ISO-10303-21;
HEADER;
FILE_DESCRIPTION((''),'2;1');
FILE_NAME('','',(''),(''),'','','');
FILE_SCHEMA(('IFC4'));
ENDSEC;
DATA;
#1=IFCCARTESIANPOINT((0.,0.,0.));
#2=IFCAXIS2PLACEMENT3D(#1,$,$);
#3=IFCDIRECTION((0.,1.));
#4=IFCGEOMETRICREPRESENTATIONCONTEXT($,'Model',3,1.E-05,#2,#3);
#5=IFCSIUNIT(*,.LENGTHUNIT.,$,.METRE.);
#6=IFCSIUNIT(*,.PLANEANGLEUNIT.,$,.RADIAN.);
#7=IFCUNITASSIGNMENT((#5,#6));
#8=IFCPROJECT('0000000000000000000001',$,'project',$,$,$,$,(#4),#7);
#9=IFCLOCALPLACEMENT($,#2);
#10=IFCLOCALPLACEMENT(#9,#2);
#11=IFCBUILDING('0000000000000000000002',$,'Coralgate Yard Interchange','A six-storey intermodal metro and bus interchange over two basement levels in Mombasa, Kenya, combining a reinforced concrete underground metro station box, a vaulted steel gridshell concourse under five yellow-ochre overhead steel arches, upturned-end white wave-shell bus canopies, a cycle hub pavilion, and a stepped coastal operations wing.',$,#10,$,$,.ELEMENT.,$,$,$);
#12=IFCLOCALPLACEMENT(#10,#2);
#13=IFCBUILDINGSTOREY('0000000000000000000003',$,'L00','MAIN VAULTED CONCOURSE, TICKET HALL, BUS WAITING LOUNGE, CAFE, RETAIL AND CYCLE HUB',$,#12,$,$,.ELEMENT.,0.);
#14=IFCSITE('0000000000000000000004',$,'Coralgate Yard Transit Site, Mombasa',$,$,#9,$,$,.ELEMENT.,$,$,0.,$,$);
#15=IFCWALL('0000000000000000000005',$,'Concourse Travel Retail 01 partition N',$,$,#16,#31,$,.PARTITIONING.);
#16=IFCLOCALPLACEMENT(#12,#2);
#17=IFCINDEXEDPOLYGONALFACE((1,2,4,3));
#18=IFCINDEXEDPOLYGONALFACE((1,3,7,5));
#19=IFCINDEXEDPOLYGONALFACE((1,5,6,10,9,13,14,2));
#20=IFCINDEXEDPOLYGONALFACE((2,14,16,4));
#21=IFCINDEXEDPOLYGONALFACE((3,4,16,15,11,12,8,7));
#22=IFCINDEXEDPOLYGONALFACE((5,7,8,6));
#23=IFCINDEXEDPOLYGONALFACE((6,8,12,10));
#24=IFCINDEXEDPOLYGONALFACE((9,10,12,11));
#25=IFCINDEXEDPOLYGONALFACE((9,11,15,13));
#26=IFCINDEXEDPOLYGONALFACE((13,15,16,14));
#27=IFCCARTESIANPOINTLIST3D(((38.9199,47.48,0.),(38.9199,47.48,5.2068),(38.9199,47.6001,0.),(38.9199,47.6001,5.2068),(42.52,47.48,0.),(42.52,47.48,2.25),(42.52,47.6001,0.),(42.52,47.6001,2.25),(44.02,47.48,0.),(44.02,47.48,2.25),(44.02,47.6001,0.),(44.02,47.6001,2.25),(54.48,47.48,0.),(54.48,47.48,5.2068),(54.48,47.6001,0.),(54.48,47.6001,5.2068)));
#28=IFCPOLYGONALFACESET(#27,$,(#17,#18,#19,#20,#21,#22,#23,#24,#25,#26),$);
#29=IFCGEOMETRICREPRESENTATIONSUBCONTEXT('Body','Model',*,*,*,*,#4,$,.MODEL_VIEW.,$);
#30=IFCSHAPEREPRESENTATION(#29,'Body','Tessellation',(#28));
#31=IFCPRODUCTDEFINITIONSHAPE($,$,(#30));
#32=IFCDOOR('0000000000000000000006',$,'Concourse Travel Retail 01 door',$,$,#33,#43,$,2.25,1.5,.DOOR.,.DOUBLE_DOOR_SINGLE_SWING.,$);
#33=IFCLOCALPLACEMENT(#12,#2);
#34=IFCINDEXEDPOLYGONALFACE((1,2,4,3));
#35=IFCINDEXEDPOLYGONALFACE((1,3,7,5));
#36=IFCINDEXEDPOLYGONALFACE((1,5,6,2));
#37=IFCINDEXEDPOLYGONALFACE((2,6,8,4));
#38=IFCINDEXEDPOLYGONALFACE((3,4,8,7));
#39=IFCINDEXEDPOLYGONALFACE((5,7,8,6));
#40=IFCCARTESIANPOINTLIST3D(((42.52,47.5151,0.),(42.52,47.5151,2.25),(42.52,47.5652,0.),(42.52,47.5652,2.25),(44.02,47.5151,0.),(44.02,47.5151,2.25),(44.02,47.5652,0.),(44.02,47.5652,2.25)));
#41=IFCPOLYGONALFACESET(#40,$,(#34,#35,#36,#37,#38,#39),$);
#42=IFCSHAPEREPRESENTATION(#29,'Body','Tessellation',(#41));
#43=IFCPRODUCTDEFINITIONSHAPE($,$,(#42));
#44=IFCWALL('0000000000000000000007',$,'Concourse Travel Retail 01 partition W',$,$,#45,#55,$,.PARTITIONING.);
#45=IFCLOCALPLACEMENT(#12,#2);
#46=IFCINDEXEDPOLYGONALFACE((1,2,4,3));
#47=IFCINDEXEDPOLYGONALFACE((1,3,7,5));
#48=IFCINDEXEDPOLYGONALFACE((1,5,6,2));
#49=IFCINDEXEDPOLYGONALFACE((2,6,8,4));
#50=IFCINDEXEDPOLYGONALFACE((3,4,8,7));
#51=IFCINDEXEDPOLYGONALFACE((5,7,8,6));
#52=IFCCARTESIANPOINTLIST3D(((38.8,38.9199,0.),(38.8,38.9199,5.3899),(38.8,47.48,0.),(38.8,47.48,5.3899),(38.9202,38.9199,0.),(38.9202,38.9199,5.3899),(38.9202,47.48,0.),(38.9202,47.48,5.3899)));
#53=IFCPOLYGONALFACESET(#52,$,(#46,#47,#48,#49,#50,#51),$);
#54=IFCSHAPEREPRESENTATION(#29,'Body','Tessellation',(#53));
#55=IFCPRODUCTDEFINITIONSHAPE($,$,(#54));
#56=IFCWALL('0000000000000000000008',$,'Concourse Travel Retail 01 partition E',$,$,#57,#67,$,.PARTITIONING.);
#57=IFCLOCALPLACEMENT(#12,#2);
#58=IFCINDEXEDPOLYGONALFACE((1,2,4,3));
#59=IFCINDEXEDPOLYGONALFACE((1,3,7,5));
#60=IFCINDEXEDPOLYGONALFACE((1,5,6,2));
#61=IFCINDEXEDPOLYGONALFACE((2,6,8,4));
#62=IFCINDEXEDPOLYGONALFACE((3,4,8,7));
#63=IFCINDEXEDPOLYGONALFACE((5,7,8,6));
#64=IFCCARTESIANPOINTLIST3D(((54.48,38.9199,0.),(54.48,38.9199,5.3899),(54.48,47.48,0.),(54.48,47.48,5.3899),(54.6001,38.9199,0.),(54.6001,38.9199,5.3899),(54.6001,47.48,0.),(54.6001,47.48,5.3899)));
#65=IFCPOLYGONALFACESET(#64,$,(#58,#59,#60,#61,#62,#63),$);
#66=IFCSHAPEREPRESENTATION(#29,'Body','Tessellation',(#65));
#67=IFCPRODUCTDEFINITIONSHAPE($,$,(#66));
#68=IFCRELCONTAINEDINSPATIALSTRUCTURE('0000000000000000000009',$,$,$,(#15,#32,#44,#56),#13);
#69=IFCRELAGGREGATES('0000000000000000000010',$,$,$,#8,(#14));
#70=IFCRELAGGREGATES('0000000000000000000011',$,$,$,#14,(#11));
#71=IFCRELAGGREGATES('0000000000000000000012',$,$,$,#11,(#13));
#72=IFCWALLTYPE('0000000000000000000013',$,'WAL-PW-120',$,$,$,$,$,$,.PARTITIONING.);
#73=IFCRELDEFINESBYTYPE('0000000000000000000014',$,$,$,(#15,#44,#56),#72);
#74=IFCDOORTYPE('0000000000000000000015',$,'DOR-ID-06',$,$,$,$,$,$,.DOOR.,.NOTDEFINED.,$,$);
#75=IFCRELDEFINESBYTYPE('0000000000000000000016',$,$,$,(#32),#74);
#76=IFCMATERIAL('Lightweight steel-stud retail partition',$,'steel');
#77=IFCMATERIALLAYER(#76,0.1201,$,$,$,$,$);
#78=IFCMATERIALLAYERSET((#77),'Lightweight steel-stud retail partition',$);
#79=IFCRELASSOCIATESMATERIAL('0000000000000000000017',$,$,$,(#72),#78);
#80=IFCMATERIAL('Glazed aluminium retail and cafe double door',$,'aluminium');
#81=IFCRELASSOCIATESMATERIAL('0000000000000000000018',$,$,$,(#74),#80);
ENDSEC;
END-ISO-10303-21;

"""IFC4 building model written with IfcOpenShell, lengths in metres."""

from ifc_helpers import new_model, si_unit, direction, frame, frame_2d, origin, place, context, subcontext, project, spatial, rectangle, extrude, material, layer, layer_set, type_object, element, fill, save


model = new_model("IFC4")

# Units and contexts
model_context = context("Model", 3, precision=1e-05, world=origin(), true_north=direction((0.0, 1.0)))
body_context = subcontext(model_context, "Body", "Model", "MODEL_VIEW")
ifc_project = project(units=[si_unit("LENGTHUNIT", "METRE"), si_unit("PLANEANGLEUNIT", "RADIAN")], contexts=[model_context])

# Site, building, storey
site_placement = place(None, origin())
site = spatial("IfcSite", under=ifc_project, at=site_placement, Name="Coralgate Yard Transit Site, Mombasa", CompositionType="ELEMENT", RefElevation=0.0)
building_placement = place(site_placement, origin())
building = spatial("IfcBuilding", under=site, at=building_placement, Name="Coralgate Yard Interchange", Description="A six-storey intermodal metro and bus interchange over two basement levels in Mombasa, Kenya, combining a reinforced concrete underground metro station box, a vaulted steel gridshell concourse under five yellow-ochre overhead steel arches, upturned-end white wave-shell bus canopies, a cycle hub pavilion, and a stepped coastal operations wing.", CompositionType="ELEMENT")
storey_placement = place(building_placement, origin())
storey = spatial("IfcBuildingStorey", under=building, at=storey_placement, Name="L00", Description="MAIN VAULTED CONCOURSE, TICKET HALL, BUS WAITING LOUNGE, CAFE, RETAIL AND CYCLE HUB", CompositionType="ELEMENT", Elevation=0.0)

# Shared definitions
ifc_material_1 = material(Name="Lightweight steel-stud retail partition", Category="steel")
ifc_layer = layer(ifc_material_1, 0.1201)
ifc_layer_set = layer_set([ifc_layer], Name="Lightweight steel-stud retail partition")
wall_type = type_object("IfcWallType", Name="WAL-PW-120", PredefinedType="PARTITIONING", material=ifc_layer_set)

# Wall, opening, door
wall_1_placement = place(storey_placement, frame((38.9199, 47.54, 0.0), z_axis=(0.0, 0.0, 1.0), x_axis=(1.0, 0.0, 0.0)))
wall_1 = element("IfcWall", 1, at=wall_1_placement, inside=storey, type_object=wall_type, Name="Concourse Travel Retail 01 partition N", PredefinedType="PARTITIONING", context=body_context, shape_type="SweptSolid", body=[
    extrude(rectangle(XDim=15.5601, YDim=0.1201, at=frame_2d((7.78, 0.0))), origin(), (0.0, 0.0, 1.0), 5.2068),
])
opening_placement = place(wall_1_placement, frame((3.6001, 0.0, 0.0)))
opening = element("IfcOpeningElement", 2, at=opening_placement, cuts=wall_1, PredefinedType="OPENING", context=body_context, shape_type="SweptSolid", body=[
    extrude(rectangle(XDim=1.5, YDim=2.25, at=frame_2d((0.75, 1.125))), frame((0.0, 0.0701, 0.0), z_axis=(0.0, -1.0, 0.0), x_axis=(1.0, 0.0, 0.0)), (0.0, 0.0, 1.0), 0.1401),
])
ifc_material_2 = material(Name="Glazed aluminium retail and cafe double door", Category="aluminium")
door_type = type_object("IfcDoorType", Name="DOR-ID-06", OperationType="NOTDEFINED", PredefinedType="DOOR", material=ifc_material_2)
door_placement = place(opening_placement, frame((1.5, 0.0, 0.0), z_axis=(0.0, 0.0, 1.0), x_axis=(-1.0, 0.0, 0.0)))
door = element("IfcDoor", 3, at=door_placement, inside=storey, type_object=door_type, Name="Concourse Travel Retail 01 door", OperationType="DOUBLE_DOOR_SINGLE_SWING", OverallHeight=2.25, OverallWidth=1.5, PredefinedType="DOOR", context=body_context, shape_type="SweptSolid", body=[
    extrude(rectangle(XDim=1.5, YDim=2.25, at=frame_2d((0.75, 1.125))), frame((0.0, 0.0249, 0.0), z_axis=(0.0, -1.0, 0.0), x_axis=(1.0, 0.0, 0.0)), (0.0, 0.0, 1.0), 0.05),
])
fill(opening, door)

# Walls
for number, where, z_axis, x_axis, name in (
    (4, (38.8601, 38.9199, 0.0), (0.0, 0.0, 1.0), (0.0, 1.0, 0.0), "Concourse Travel Retail 01 partition W"),
    (5, (54.54, 47.48, 0.0), (0.0, 0.0, 1.0), (0.0, -1.0, 0.0), "Concourse Travel Retail 01 partition E"),
):
    element("IfcWall", number, at=place(storey_placement, frame(where, z_axis=z_axis, x_axis=x_axis)), inside=storey, type_object=wall_type, Name=name, PredefinedType="PARTITIONING", context=body_context, shape_type="SweptSolid", body=[
        extrude(rectangle(XDim=8.5601, YDim=0.1201, at=frame_2d((4.28, 0.0))), origin(), (0.0, 0.0, 1.0), 5.3899),
    ])

save(model, "model.ifc")
